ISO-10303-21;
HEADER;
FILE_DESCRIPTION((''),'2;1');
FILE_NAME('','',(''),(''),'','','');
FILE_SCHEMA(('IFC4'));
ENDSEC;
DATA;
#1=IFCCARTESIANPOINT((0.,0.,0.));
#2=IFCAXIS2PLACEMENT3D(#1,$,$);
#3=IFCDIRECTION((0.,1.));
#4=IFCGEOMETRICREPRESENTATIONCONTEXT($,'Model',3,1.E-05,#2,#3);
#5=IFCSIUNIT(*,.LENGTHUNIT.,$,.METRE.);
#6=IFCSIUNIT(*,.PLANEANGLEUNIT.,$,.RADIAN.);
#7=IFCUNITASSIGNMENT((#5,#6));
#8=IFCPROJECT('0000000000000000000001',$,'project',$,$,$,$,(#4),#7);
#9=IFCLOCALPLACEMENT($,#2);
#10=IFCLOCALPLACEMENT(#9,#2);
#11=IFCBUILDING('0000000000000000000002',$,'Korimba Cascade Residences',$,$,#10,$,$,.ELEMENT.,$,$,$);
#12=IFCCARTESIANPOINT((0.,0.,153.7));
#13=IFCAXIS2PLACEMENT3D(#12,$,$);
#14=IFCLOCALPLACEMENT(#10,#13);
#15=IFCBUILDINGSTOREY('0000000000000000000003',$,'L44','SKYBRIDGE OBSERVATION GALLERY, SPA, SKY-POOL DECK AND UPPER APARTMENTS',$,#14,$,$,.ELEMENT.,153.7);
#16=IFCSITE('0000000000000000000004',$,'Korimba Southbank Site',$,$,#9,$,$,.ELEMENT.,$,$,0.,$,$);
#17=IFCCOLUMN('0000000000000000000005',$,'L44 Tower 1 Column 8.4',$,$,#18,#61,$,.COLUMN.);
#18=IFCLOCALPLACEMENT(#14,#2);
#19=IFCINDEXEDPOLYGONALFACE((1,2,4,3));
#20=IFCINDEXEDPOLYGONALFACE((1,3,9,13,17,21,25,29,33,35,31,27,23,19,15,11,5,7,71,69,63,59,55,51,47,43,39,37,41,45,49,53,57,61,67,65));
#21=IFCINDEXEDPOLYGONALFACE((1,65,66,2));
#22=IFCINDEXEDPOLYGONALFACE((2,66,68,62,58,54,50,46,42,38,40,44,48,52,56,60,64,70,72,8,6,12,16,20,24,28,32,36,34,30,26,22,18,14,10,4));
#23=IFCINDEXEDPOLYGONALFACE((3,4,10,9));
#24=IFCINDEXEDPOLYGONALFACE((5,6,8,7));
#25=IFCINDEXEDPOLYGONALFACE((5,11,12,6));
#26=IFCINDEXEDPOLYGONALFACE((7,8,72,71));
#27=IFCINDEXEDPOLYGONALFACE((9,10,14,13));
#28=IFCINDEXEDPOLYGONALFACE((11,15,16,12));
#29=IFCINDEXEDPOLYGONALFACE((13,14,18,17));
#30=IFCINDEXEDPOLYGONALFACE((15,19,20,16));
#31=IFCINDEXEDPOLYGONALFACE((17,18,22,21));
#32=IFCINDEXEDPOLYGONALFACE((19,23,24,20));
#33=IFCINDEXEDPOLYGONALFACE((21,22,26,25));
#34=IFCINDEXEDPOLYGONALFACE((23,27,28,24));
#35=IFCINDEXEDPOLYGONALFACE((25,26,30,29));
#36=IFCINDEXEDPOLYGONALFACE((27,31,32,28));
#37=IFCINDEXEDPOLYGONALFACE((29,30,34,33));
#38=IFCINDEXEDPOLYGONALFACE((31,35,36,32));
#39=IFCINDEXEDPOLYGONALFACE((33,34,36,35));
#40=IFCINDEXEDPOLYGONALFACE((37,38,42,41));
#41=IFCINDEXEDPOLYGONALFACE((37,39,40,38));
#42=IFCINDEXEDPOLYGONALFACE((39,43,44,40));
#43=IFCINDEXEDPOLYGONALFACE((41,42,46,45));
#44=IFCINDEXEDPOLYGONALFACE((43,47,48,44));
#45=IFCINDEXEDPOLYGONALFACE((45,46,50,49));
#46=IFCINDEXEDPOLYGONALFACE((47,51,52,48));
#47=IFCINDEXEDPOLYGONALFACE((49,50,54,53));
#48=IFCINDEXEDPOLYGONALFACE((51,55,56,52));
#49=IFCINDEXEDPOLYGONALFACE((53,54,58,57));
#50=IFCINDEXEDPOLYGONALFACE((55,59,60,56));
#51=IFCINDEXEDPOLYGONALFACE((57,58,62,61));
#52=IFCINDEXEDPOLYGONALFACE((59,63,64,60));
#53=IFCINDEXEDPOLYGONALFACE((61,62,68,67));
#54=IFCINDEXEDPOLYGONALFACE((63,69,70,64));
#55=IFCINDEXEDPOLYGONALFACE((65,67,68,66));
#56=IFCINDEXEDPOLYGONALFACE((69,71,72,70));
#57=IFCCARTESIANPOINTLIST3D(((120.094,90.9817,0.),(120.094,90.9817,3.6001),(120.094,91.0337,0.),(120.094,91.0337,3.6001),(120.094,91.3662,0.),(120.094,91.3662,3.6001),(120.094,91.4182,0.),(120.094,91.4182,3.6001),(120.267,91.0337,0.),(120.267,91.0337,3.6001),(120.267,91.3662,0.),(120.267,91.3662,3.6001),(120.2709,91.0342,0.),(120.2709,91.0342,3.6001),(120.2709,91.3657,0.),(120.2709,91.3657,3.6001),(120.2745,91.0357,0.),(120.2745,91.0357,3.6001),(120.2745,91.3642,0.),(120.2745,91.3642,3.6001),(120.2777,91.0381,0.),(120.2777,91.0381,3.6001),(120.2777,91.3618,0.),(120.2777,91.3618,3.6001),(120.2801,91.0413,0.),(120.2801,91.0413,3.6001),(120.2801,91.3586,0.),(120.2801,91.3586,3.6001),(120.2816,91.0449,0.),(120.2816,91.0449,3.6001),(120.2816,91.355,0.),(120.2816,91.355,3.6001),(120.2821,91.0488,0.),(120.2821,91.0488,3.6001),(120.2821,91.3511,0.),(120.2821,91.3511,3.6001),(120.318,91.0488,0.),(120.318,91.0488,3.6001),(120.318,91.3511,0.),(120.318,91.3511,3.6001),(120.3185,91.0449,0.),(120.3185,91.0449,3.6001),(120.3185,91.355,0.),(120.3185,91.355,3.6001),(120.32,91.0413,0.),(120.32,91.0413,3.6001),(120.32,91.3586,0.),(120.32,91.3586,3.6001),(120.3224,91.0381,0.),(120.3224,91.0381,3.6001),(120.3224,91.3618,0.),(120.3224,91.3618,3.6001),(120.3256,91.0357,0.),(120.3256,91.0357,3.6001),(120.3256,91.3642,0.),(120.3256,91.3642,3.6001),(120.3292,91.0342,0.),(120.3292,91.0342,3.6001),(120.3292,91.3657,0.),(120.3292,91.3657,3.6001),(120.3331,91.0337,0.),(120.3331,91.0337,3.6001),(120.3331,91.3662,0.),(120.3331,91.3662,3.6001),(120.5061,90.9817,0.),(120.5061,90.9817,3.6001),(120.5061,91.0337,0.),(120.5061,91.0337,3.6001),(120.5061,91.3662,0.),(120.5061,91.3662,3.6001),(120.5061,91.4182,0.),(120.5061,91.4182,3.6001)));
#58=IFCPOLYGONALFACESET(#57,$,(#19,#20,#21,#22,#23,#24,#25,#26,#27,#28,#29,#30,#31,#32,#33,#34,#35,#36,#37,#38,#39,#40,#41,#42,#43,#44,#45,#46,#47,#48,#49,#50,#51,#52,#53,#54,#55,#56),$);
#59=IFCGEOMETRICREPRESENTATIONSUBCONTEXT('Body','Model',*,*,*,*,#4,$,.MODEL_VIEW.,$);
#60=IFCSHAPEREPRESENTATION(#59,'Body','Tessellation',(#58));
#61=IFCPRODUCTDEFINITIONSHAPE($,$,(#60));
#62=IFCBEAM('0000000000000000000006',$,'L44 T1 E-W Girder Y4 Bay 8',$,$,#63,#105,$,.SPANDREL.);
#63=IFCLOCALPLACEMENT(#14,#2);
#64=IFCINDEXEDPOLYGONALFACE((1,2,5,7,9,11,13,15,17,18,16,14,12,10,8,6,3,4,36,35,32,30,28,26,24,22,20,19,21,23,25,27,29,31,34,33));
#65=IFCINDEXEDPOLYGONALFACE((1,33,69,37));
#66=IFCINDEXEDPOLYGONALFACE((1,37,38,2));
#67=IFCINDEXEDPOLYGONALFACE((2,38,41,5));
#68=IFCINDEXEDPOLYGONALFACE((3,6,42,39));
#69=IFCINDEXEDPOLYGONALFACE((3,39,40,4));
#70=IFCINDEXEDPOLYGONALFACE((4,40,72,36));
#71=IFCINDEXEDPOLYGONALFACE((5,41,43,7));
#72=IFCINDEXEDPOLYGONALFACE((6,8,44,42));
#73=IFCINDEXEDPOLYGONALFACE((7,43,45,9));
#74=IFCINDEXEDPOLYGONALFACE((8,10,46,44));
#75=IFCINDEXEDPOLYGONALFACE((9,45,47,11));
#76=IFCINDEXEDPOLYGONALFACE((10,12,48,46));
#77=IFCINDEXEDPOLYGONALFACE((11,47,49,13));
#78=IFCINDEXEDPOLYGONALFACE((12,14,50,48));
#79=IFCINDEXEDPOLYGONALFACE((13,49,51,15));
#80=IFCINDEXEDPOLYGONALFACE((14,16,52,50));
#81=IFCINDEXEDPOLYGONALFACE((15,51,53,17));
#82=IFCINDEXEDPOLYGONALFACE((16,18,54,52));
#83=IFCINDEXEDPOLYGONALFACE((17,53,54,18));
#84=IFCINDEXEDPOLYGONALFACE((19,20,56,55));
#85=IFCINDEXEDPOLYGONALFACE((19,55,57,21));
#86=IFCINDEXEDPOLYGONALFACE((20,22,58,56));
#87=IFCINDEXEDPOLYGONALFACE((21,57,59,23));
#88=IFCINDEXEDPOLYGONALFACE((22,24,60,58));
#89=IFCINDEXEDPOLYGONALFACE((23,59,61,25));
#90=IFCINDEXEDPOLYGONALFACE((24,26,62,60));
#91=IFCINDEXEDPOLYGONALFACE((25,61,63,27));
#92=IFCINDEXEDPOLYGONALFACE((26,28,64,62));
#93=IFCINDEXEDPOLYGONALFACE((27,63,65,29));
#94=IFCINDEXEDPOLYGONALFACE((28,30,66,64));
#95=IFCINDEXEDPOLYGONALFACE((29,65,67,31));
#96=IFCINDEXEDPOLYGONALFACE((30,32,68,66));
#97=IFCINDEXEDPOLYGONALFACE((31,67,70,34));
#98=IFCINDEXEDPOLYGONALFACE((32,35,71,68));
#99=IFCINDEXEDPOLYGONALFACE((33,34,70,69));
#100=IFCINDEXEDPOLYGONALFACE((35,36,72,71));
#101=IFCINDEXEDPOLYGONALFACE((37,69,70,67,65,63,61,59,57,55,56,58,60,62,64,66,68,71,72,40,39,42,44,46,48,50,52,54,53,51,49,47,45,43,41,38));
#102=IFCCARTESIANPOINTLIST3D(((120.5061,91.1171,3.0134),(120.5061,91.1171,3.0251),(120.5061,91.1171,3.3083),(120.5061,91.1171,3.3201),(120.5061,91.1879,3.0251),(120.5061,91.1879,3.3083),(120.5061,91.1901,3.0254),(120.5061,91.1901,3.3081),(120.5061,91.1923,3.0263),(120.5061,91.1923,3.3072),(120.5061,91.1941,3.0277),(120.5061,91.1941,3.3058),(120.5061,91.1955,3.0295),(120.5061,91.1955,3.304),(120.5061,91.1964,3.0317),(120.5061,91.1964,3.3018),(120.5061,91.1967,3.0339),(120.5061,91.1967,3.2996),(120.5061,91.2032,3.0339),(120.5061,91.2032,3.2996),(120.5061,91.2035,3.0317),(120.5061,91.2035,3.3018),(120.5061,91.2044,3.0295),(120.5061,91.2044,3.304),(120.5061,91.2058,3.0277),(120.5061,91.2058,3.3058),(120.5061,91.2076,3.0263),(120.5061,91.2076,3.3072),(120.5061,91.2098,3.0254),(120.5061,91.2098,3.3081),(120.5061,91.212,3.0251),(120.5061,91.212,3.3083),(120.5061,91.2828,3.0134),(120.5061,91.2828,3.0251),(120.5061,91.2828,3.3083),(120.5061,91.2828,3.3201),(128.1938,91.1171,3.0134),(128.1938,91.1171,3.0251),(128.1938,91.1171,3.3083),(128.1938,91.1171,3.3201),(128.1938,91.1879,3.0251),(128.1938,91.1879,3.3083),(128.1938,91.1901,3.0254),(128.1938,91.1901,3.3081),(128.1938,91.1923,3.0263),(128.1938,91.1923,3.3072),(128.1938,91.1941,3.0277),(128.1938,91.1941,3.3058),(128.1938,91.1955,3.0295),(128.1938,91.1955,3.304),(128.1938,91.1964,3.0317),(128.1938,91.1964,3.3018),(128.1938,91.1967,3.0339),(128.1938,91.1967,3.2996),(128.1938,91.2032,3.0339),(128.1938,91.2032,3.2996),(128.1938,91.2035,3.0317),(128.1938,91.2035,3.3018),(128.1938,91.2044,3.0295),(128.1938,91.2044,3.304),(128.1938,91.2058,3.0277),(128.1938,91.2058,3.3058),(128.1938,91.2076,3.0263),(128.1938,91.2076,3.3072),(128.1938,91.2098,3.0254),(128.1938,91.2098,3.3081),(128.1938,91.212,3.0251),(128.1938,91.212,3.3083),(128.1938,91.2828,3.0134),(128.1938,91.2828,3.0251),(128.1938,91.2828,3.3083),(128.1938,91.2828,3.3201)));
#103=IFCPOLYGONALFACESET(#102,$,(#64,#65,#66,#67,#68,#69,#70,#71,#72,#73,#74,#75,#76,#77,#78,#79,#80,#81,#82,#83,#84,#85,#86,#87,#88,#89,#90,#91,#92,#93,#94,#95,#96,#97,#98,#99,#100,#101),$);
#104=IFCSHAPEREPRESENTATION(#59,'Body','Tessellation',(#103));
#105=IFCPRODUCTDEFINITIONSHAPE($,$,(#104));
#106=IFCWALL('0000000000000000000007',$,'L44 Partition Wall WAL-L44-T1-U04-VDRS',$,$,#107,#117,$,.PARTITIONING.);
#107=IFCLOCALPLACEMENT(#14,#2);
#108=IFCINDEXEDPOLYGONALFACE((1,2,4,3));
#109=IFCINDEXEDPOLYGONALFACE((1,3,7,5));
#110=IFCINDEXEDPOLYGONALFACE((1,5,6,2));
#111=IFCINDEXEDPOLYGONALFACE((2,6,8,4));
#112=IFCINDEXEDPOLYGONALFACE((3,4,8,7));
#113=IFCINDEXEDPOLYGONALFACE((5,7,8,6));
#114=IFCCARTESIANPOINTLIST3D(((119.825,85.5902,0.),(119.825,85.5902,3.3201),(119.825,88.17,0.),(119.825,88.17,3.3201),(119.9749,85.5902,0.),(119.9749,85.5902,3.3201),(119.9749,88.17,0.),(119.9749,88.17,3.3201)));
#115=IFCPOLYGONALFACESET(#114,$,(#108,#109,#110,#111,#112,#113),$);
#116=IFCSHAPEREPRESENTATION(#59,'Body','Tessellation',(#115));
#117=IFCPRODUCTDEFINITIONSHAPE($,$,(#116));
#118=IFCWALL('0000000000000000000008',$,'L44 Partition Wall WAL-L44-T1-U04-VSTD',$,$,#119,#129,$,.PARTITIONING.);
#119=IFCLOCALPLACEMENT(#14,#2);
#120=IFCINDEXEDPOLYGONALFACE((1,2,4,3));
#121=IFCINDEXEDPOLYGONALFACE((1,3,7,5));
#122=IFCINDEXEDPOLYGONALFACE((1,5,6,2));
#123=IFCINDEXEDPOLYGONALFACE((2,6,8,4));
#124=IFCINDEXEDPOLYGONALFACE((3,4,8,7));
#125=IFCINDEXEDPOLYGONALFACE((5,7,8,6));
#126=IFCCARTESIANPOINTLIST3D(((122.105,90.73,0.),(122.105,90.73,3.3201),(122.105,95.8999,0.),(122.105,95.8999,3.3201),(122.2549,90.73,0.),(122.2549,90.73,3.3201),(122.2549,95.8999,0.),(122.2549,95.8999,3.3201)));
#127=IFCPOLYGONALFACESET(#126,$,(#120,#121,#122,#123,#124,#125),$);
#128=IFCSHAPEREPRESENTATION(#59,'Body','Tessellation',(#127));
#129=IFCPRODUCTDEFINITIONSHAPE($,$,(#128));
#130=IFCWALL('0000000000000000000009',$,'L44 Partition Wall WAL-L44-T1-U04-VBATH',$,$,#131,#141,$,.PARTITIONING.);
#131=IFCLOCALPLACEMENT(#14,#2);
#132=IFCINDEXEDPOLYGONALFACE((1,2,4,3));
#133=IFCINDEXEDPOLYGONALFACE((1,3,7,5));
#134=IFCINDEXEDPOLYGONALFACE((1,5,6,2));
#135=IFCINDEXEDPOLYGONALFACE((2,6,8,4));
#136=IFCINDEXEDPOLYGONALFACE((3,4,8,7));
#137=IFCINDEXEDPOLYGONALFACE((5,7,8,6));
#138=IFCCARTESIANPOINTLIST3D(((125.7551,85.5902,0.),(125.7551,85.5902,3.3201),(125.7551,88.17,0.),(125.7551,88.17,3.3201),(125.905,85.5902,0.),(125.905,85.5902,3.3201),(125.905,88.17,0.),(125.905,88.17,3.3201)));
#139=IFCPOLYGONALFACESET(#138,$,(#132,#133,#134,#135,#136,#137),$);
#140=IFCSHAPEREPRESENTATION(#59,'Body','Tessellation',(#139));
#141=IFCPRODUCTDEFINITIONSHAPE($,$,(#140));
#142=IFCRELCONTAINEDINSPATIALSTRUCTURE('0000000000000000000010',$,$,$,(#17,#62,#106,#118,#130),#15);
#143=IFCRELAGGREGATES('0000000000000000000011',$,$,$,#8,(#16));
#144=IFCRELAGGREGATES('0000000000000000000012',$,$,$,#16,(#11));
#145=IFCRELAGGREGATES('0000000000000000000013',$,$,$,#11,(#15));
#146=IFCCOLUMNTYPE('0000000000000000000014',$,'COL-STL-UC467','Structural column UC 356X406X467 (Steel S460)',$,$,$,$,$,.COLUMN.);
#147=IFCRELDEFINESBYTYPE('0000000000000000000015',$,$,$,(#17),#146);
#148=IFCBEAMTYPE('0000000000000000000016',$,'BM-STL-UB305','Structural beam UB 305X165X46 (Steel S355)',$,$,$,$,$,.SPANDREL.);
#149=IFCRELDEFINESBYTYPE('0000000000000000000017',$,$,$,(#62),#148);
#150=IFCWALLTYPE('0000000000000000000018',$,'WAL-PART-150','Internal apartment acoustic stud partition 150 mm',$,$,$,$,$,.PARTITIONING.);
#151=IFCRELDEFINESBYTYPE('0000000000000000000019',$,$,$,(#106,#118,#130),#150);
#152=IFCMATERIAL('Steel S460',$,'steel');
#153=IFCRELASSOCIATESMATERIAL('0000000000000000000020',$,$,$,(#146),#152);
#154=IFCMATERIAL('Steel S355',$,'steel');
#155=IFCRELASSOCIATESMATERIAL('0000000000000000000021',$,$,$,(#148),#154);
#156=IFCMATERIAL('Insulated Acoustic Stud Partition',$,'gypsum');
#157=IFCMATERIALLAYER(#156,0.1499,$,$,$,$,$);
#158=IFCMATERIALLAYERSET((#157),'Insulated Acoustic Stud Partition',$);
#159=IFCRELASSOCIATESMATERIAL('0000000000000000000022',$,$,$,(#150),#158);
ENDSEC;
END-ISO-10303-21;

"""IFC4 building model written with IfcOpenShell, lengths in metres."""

from ifc_helpers import new_model, si_unit, direction, frame, frame_2d, origin, origin_2d, place, context, subcontext, project, spatial, rectangle, i_section, extrude, material, layer, layer_set, material_profile, profile_set, type_object, element, save


model = new_model("IFC4")

# Units and contexts
model_context = context("Model", 3, precision=1e-05, world=origin(), true_north=direction((0.0, 1.0)))
body_context = subcontext(model_context, "Body", "Model", "MODEL_VIEW")
ifc_project = project(units=[si_unit("LENGTHUNIT", "METRE"), si_unit("PLANEANGLEUNIT", "RADIAN")], contexts=[model_context])

# Site, building, storey
site_placement = place(None, origin())
site = spatial("IfcSite", under=ifc_project, at=site_placement, Name="Korimba Southbank Site", CompositionType="ELEMENT", RefElevation=0.0)
building_placement = place(site_placement, origin())
building = spatial("IfcBuilding", under=site, at=building_placement, Name="Korimba Cascade Residences", CompositionType="ELEMENT")
storey_placement = place(building_placement, frame((0.0, 0.0, 153.7)))
storey = spatial("IfcBuildingStorey", under=building, at=storey_placement, Name="L44", Description="SKYBRIDGE OBSERVATION GALLERY, SPA, SKY-POOL DECK AND UPPER APARTMENTS", CompositionType="ELEMENT", Elevation=153.7)

# Column
ifc_material_1 = material(Name="Steel S460", Category="steel")
ifc_material_profile_1 = material_profile(ifc_material_1, i_section(OverallWidth=0.4121, OverallDepth=0.4365, WebThickness=0.0359, FlangeThickness=0.052, FilletRadius=0.0151, at=origin_2d()), Name="Steel S460")
ifc_profile_set_1 = profile_set([ifc_material_profile_1], Name="Steel S460")
column_type = type_object("IfcColumnType", Name="COL-STL-UC467", Description="Structural column UC 356X406X467 (Steel S460)", PredefinedType="COLUMN", material=ifc_profile_set_1)
column_placement = place(storey_placement, frame((120.3, 91.2, 0.0), z_axis=(0.0, 0.0, 1.0), x_axis=(1.0, 0.0, 0.0)))
element("IfcColumn", 1, at=column_placement, inside=storey, type_object=column_type, Name="L44 Tower 1 Column 8.4", PredefinedType="COLUMN", context=body_context, shape_type="SweptSolid", body=[
    extrude(i_section(OverallWidth=0.4121, OverallDepth=0.4365, WebThickness=0.0359, FlangeThickness=0.052, FilletRadius=0.0151, at=origin_2d()), origin(), (0.0, 0.0, 1.0), 3.6001),
])

# Beam
ifc_material_2 = material(Name="Steel S355", Category="steel")
ifc_material_profile_2 = material_profile(ifc_material_2, i_section(OverallWidth=0.1658, OverallDepth=0.3066, WebThickness=0.0066, FlangeThickness=0.0117, FilletRadius=0.0088, at=origin_2d()), Name="Steel S355")
ifc_profile_set_2 = profile_set([ifc_material_profile_2], Name="Steel S355")
beam_type = type_object("IfcBeamType", Name="BM-STL-UB305", Description="Structural beam UB 305X165X46 (Steel S355)", PredefinedType="SPANDREL", material=ifc_profile_set_2)
beam_placement = place(storey_placement, frame((120.5061, 91.2, 3.1667), z_axis=(1.0, 0.0, 0.0), x_axis=(0.0, 1.0, 0.0)))
element("IfcBeam", 2, at=beam_placement, inside=storey, type_object=beam_type, Name="L44 T1 E-W Girder Y4 Bay 8", PredefinedType="SPANDREL", context=body_context, shape_type="SweptSolid", body=[
    extrude(i_section(OverallWidth=0.1658, OverallDepth=0.3066, WebThickness=0.0066, FlangeThickness=0.0117, FilletRadius=0.0088, at=origin_2d()), origin(), (0.0, 0.0, 1.0), 7.6877),
])

# Walls
ifc_material_3 = material(Name="Insulated Acoustic Stud Partition", Category="gypsum")
ifc_layer = layer(ifc_material_3, 0.1499)
ifc_layer_set = layer_set([ifc_layer], Name="Insulated Acoustic Stud Partition")
wall_type = type_object("IfcWallType", Name="WAL-PART-150", Description="Internal apartment acoustic stud partition 150 mm", PredefinedType="PARTITIONING", material=ifc_layer_set)
wall_1_placement = place(storey_placement, frame((119.8999, 85.5901, 0.0), z_axis=(0.0, 0.0, 1.0), x_axis=(0.0, 1.0, 0.0)))
element("IfcWall", 3, at=wall_1_placement, inside=storey, type_object=wall_type, Name="L44 Partition Wall WAL-L44-T1-U04-VDRS", PredefinedType="PARTITIONING", context=body_context, shape_type="SweptSolid", body=[
    extrude(rectangle(XDim=2.5798, YDim=0.1499, at=frame_2d((1.29, 0.0))), origin(), (0.0, 0.0, 1.0), 3.3201),
])
wall_2_placement = place(storey_placement, frame((122.1799, 90.73, 0.0), z_axis=(0.0, 0.0, 1.0), x_axis=(0.0, 1.0, 0.0)))
element("IfcWall", 4, at=wall_2_placement, inside=storey, type_object=wall_type, Name="L44 Partition Wall WAL-L44-T1-U04-VSTD", PredefinedType="PARTITIONING", context=body_context, shape_type="SweptSolid", body=[
    extrude(rectangle(XDim=5.1699, YDim=0.1499, at=frame_2d((2.585, 0.0))), origin(), (0.0, 0.0, 1.0), 3.3201),
])
wall_3_placement = place(storey_placement, frame((125.8301, 85.5901, 0.0), z_axis=(0.0, 0.0, 1.0), x_axis=(0.0, 1.0, 0.0)))
element("IfcWall", 5, at=wall_3_placement, inside=storey, type_object=wall_type, Name="L44 Partition Wall WAL-L44-T1-U04-VBATH", PredefinedType="PARTITIONING", context=body_context, shape_type="SweptSolid", body=[
    extrude(rectangle(XDim=2.5798, YDim=0.1499, at=frame_2d((1.29, 0.0))), origin(), (0.0, 0.0, 1.0), 3.3201),
])

save(model, "model.ifc")
